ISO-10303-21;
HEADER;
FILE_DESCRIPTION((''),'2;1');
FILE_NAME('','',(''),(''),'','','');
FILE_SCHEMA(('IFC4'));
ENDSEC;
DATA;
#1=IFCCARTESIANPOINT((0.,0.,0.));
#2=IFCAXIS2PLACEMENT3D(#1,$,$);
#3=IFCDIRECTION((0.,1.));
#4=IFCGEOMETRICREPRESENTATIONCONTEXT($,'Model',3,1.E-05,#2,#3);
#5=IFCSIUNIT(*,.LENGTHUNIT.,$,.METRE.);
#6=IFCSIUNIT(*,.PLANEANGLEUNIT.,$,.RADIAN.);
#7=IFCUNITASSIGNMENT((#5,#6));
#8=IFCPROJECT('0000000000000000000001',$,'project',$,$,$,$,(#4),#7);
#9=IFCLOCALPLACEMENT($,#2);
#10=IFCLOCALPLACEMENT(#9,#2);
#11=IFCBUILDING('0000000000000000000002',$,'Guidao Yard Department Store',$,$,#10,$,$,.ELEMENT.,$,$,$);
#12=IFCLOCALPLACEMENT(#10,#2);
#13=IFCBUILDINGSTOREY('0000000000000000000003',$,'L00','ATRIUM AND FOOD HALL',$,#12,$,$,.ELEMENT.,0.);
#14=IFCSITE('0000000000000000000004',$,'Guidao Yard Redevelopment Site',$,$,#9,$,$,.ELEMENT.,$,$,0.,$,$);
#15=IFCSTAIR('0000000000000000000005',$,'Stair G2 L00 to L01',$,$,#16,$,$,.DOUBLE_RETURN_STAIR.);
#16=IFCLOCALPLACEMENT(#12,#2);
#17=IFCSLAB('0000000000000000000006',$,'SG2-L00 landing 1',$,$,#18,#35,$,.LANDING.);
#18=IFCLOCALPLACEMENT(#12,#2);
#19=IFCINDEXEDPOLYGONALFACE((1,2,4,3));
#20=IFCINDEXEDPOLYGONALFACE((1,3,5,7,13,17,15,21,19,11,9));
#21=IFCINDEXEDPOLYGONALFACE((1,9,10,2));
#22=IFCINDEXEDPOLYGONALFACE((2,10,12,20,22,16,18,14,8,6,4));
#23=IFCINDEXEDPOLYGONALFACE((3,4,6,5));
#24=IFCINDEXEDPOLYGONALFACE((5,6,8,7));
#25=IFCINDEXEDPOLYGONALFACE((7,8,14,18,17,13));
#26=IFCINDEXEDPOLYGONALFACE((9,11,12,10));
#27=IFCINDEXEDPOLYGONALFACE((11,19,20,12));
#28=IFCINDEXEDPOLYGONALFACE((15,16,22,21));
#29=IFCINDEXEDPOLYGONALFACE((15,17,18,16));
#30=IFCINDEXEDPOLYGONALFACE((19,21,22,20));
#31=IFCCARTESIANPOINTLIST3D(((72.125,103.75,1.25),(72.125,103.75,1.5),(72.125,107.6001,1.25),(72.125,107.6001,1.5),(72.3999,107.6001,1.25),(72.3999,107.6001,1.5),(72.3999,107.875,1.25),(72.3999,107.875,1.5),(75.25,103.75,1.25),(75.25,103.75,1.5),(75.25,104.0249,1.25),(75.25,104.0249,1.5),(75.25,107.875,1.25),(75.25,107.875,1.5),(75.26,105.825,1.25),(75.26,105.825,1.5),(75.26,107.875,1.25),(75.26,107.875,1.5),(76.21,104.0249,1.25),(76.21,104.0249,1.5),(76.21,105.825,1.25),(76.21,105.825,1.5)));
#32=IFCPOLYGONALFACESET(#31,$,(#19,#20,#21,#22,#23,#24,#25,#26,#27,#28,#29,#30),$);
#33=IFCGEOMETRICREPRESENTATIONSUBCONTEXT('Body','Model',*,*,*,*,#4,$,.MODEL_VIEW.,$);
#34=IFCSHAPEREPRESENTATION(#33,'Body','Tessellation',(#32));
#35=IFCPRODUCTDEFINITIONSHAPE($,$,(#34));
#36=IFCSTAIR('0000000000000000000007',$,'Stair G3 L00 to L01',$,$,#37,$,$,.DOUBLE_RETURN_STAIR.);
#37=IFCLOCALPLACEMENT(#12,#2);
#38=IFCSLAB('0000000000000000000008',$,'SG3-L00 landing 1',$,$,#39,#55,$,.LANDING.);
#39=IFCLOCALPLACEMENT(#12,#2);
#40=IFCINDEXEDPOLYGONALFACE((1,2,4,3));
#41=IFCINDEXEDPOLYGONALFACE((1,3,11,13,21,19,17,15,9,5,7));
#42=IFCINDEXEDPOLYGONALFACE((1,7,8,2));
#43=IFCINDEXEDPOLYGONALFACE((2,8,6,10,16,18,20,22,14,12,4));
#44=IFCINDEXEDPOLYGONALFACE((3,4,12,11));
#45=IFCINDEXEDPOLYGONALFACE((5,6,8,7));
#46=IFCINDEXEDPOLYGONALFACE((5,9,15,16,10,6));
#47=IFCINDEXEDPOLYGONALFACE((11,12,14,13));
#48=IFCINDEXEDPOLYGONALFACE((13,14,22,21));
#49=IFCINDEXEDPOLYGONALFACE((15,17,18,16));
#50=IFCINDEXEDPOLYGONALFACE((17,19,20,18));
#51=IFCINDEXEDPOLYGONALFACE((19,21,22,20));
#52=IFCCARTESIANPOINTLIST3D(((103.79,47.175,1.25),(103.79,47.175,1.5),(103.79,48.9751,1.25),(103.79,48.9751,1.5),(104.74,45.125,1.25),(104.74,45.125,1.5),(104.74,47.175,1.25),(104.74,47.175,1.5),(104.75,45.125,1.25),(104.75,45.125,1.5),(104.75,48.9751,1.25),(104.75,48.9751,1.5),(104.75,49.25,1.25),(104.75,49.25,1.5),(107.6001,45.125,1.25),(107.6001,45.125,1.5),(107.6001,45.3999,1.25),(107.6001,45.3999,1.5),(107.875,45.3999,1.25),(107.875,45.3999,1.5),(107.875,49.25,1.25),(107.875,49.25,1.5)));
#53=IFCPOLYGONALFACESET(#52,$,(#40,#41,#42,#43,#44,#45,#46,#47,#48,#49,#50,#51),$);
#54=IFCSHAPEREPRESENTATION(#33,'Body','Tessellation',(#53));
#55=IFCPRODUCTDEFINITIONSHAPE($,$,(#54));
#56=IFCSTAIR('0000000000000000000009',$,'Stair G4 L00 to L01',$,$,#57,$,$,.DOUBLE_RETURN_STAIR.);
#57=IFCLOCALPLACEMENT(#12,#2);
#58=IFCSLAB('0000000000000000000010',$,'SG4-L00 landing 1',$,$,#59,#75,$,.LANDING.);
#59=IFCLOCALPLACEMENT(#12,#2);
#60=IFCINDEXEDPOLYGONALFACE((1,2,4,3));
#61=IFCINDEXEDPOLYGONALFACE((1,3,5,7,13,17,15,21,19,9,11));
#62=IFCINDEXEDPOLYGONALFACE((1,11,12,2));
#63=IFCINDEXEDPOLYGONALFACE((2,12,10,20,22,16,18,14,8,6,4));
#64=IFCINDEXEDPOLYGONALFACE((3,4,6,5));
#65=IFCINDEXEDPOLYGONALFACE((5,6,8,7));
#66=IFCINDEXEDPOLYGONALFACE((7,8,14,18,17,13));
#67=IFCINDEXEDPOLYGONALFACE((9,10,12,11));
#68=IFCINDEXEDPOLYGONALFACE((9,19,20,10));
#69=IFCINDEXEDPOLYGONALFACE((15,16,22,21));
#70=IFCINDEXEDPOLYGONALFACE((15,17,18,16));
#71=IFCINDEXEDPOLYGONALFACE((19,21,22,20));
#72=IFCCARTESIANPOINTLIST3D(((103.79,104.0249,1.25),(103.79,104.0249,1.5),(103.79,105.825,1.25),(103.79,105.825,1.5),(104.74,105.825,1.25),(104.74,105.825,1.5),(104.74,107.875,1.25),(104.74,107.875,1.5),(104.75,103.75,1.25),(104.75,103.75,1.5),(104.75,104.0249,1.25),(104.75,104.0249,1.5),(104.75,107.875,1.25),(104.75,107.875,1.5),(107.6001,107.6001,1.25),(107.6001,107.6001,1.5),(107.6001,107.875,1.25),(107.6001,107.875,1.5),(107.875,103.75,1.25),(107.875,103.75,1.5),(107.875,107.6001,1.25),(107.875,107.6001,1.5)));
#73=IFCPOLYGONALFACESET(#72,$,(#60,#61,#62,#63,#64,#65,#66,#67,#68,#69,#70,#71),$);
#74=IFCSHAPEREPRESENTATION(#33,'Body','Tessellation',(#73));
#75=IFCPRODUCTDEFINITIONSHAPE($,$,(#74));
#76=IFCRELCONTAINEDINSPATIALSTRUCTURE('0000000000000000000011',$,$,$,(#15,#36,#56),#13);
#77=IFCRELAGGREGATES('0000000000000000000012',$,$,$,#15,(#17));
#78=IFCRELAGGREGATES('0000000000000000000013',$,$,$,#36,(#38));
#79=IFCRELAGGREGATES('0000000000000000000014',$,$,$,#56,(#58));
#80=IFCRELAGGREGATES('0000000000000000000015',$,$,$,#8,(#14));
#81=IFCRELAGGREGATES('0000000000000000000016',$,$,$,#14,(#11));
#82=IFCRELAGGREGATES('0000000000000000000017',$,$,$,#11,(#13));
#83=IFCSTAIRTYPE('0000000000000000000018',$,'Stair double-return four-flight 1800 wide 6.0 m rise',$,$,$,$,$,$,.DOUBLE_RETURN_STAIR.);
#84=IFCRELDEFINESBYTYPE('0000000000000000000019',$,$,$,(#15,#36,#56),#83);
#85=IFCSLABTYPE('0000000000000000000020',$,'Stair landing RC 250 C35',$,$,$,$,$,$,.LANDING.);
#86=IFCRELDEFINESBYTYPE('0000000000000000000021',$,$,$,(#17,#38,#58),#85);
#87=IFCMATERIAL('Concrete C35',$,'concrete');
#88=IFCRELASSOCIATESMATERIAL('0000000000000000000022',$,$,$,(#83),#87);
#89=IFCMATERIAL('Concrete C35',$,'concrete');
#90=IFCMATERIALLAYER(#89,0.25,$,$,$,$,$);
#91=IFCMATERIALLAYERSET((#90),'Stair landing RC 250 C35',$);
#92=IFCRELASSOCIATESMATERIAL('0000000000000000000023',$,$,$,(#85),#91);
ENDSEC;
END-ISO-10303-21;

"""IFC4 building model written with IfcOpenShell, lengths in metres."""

from ifc_helpers import new_model, si_unit, direction, frame, origin, place, context, subcontext, project, spatial, polyline, outline, extrude, material, layer, layer_set, type_object, element, aggregate, save


model = new_model("IFC4")

# Units and contexts
model_context = context("Model", 3, precision=1e-05, world=origin(), true_north=direction((0.0, 1.0)))
body_context = subcontext(model_context, "Body", "Model", "MODEL_VIEW")
ifc_project = project(units=[si_unit("LENGTHUNIT", "METRE"), si_unit("PLANEANGLEUNIT", "RADIAN")], contexts=[model_context])

# Site, building, storey
site_placement = place(None, origin())
site = spatial("IfcSite", under=ifc_project, at=site_placement, Name="Guidao Yard Redevelopment Site", CompositionType="ELEMENT", RefElevation=0.0)
building_placement = place(site_placement, origin())
building = spatial("IfcBuilding", under=site, at=building_placement, Name="Guidao Yard Department Store", CompositionType="ELEMENT")
storey_placement = place(building_placement, origin())
storey = spatial("IfcBuildingStorey", under=building, at=storey_placement, Name="L00", Description="ATRIUM AND FOOD HALL", CompositionType="ELEMENT", Elevation=0.0)

# Shared definitions
ifc_material_1 = material(Name="Concrete C35", Category="concrete")
stair_type_1 = type_object("IfcStairType", Name="Stair double-return four-flight 1800 wide 6.0 m rise", PredefinedType="DOUBLE_RETURN_STAIR", material=ifc_material_1)
ifc_material_2 = material(Name="Concrete C35", Category="concrete")
ifc_layer = layer(ifc_material_2, 0.25)
ifc_layer_set = layer_set([ifc_layer], Name="Stair landing RC 250 C35")
slab_type = type_object("IfcSlabType", Name="Stair landing RC 250 C35", PredefinedType="LANDING", material=ifc_layer_set)

# Stairs, slabs
stair_1_placement = place(storey_placement, origin())
stair_1 = element("IfcStair", 1, at=stair_1_placement, inside=storey, type_object=stair_type_1, Name="Stair G2 L00 to L01", PredefinedType="DOUBLE_RETURN_STAIR")
slab_1_placement = place(storey_placement, frame((0.0, 0.0, 1.25)))
slab_1 = element("IfcSlab", 2, at=slab_1_placement, type_object=slab_type, Name="SG2-L00 landing 1", PredefinedType="LANDING", context=body_context, shape_type="SweptSolid", body=[
    extrude(outline(polyline([(76.21, 104.0249), (75.25, 104.0249), (75.25, 103.75), (72.125, 103.75), (72.125, 107.6001), (72.3999, 107.6001), (72.3999, 107.875), (75.25, 107.875), (75.26, 107.875), (75.26, 105.825), (76.21, 105.825), (76.21, 104.0249)])), origin(), (0.0, 0.0, 1.0), 0.25),
])
aggregate(stair_1, [slab_1])
stair_2_placement = place(storey_placement, origin())
stair_2 = element("IfcStair", 3, at=stair_2_placement, inside=storey, type_object=stair_type_1, Name="Stair G3 L00 to L01", PredefinedType="DOUBLE_RETURN_STAIR")
slab_2_placement = place(storey_placement, frame((0.0, 0.0, 1.25)))
slab_2 = element("IfcSlab", 4, at=slab_2_placement, type_object=slab_type, Name="SG3-L00 landing 1", PredefinedType="LANDING", context=body_context, shape_type="SweptSolid", body=[
    extrude(outline(polyline([(104.74, 47.175), (103.79, 47.175), (103.79, 48.9751), (104.75, 48.9751), (104.75, 49.25), (107.875, 49.25), (107.875, 45.3999), (107.6001, 45.3999), (107.6001, 45.125), (104.75, 45.125), (104.74, 45.125), (104.74, 47.175)])), origin(), (0.0, 0.0, 1.0), 0.25),
])
aggregate(stair_2, [slab_2])
stair_3_placement = place(storey_placement, origin())
stair_3 = element("IfcStair", 5, at=stair_3_placement, inside=storey, type_object=stair_type_1, Name="Stair G4 L00 to L01", PredefinedType="DOUBLE_RETURN_STAIR")
slab_3_placement = place(storey_placement, frame((0.0, 0.0, 1.25)))
slab_3 = element("IfcSlab", 6, at=slab_3_placement, type_object=slab_type, Name="SG4-L00 landing 1", PredefinedType="LANDING", context=body_context, shape_type="SweptSolid", body=[
    extrude(outline(polyline([(103.79, 105.825), (104.74, 105.825), (104.74, 107.875), (104.75, 107.875), (107.6001, 107.875), (107.6001, 107.6001), (107.875, 107.6001), (107.875, 103.75), (104.75, 103.75), (104.75, 104.0249), (103.79, 104.0249), (103.79, 105.825)])), origin(), (0.0, 0.0, 1.0), 0.25),
])
aggregate(stair_3, [slab_3])

save(model, "model.ifc")
